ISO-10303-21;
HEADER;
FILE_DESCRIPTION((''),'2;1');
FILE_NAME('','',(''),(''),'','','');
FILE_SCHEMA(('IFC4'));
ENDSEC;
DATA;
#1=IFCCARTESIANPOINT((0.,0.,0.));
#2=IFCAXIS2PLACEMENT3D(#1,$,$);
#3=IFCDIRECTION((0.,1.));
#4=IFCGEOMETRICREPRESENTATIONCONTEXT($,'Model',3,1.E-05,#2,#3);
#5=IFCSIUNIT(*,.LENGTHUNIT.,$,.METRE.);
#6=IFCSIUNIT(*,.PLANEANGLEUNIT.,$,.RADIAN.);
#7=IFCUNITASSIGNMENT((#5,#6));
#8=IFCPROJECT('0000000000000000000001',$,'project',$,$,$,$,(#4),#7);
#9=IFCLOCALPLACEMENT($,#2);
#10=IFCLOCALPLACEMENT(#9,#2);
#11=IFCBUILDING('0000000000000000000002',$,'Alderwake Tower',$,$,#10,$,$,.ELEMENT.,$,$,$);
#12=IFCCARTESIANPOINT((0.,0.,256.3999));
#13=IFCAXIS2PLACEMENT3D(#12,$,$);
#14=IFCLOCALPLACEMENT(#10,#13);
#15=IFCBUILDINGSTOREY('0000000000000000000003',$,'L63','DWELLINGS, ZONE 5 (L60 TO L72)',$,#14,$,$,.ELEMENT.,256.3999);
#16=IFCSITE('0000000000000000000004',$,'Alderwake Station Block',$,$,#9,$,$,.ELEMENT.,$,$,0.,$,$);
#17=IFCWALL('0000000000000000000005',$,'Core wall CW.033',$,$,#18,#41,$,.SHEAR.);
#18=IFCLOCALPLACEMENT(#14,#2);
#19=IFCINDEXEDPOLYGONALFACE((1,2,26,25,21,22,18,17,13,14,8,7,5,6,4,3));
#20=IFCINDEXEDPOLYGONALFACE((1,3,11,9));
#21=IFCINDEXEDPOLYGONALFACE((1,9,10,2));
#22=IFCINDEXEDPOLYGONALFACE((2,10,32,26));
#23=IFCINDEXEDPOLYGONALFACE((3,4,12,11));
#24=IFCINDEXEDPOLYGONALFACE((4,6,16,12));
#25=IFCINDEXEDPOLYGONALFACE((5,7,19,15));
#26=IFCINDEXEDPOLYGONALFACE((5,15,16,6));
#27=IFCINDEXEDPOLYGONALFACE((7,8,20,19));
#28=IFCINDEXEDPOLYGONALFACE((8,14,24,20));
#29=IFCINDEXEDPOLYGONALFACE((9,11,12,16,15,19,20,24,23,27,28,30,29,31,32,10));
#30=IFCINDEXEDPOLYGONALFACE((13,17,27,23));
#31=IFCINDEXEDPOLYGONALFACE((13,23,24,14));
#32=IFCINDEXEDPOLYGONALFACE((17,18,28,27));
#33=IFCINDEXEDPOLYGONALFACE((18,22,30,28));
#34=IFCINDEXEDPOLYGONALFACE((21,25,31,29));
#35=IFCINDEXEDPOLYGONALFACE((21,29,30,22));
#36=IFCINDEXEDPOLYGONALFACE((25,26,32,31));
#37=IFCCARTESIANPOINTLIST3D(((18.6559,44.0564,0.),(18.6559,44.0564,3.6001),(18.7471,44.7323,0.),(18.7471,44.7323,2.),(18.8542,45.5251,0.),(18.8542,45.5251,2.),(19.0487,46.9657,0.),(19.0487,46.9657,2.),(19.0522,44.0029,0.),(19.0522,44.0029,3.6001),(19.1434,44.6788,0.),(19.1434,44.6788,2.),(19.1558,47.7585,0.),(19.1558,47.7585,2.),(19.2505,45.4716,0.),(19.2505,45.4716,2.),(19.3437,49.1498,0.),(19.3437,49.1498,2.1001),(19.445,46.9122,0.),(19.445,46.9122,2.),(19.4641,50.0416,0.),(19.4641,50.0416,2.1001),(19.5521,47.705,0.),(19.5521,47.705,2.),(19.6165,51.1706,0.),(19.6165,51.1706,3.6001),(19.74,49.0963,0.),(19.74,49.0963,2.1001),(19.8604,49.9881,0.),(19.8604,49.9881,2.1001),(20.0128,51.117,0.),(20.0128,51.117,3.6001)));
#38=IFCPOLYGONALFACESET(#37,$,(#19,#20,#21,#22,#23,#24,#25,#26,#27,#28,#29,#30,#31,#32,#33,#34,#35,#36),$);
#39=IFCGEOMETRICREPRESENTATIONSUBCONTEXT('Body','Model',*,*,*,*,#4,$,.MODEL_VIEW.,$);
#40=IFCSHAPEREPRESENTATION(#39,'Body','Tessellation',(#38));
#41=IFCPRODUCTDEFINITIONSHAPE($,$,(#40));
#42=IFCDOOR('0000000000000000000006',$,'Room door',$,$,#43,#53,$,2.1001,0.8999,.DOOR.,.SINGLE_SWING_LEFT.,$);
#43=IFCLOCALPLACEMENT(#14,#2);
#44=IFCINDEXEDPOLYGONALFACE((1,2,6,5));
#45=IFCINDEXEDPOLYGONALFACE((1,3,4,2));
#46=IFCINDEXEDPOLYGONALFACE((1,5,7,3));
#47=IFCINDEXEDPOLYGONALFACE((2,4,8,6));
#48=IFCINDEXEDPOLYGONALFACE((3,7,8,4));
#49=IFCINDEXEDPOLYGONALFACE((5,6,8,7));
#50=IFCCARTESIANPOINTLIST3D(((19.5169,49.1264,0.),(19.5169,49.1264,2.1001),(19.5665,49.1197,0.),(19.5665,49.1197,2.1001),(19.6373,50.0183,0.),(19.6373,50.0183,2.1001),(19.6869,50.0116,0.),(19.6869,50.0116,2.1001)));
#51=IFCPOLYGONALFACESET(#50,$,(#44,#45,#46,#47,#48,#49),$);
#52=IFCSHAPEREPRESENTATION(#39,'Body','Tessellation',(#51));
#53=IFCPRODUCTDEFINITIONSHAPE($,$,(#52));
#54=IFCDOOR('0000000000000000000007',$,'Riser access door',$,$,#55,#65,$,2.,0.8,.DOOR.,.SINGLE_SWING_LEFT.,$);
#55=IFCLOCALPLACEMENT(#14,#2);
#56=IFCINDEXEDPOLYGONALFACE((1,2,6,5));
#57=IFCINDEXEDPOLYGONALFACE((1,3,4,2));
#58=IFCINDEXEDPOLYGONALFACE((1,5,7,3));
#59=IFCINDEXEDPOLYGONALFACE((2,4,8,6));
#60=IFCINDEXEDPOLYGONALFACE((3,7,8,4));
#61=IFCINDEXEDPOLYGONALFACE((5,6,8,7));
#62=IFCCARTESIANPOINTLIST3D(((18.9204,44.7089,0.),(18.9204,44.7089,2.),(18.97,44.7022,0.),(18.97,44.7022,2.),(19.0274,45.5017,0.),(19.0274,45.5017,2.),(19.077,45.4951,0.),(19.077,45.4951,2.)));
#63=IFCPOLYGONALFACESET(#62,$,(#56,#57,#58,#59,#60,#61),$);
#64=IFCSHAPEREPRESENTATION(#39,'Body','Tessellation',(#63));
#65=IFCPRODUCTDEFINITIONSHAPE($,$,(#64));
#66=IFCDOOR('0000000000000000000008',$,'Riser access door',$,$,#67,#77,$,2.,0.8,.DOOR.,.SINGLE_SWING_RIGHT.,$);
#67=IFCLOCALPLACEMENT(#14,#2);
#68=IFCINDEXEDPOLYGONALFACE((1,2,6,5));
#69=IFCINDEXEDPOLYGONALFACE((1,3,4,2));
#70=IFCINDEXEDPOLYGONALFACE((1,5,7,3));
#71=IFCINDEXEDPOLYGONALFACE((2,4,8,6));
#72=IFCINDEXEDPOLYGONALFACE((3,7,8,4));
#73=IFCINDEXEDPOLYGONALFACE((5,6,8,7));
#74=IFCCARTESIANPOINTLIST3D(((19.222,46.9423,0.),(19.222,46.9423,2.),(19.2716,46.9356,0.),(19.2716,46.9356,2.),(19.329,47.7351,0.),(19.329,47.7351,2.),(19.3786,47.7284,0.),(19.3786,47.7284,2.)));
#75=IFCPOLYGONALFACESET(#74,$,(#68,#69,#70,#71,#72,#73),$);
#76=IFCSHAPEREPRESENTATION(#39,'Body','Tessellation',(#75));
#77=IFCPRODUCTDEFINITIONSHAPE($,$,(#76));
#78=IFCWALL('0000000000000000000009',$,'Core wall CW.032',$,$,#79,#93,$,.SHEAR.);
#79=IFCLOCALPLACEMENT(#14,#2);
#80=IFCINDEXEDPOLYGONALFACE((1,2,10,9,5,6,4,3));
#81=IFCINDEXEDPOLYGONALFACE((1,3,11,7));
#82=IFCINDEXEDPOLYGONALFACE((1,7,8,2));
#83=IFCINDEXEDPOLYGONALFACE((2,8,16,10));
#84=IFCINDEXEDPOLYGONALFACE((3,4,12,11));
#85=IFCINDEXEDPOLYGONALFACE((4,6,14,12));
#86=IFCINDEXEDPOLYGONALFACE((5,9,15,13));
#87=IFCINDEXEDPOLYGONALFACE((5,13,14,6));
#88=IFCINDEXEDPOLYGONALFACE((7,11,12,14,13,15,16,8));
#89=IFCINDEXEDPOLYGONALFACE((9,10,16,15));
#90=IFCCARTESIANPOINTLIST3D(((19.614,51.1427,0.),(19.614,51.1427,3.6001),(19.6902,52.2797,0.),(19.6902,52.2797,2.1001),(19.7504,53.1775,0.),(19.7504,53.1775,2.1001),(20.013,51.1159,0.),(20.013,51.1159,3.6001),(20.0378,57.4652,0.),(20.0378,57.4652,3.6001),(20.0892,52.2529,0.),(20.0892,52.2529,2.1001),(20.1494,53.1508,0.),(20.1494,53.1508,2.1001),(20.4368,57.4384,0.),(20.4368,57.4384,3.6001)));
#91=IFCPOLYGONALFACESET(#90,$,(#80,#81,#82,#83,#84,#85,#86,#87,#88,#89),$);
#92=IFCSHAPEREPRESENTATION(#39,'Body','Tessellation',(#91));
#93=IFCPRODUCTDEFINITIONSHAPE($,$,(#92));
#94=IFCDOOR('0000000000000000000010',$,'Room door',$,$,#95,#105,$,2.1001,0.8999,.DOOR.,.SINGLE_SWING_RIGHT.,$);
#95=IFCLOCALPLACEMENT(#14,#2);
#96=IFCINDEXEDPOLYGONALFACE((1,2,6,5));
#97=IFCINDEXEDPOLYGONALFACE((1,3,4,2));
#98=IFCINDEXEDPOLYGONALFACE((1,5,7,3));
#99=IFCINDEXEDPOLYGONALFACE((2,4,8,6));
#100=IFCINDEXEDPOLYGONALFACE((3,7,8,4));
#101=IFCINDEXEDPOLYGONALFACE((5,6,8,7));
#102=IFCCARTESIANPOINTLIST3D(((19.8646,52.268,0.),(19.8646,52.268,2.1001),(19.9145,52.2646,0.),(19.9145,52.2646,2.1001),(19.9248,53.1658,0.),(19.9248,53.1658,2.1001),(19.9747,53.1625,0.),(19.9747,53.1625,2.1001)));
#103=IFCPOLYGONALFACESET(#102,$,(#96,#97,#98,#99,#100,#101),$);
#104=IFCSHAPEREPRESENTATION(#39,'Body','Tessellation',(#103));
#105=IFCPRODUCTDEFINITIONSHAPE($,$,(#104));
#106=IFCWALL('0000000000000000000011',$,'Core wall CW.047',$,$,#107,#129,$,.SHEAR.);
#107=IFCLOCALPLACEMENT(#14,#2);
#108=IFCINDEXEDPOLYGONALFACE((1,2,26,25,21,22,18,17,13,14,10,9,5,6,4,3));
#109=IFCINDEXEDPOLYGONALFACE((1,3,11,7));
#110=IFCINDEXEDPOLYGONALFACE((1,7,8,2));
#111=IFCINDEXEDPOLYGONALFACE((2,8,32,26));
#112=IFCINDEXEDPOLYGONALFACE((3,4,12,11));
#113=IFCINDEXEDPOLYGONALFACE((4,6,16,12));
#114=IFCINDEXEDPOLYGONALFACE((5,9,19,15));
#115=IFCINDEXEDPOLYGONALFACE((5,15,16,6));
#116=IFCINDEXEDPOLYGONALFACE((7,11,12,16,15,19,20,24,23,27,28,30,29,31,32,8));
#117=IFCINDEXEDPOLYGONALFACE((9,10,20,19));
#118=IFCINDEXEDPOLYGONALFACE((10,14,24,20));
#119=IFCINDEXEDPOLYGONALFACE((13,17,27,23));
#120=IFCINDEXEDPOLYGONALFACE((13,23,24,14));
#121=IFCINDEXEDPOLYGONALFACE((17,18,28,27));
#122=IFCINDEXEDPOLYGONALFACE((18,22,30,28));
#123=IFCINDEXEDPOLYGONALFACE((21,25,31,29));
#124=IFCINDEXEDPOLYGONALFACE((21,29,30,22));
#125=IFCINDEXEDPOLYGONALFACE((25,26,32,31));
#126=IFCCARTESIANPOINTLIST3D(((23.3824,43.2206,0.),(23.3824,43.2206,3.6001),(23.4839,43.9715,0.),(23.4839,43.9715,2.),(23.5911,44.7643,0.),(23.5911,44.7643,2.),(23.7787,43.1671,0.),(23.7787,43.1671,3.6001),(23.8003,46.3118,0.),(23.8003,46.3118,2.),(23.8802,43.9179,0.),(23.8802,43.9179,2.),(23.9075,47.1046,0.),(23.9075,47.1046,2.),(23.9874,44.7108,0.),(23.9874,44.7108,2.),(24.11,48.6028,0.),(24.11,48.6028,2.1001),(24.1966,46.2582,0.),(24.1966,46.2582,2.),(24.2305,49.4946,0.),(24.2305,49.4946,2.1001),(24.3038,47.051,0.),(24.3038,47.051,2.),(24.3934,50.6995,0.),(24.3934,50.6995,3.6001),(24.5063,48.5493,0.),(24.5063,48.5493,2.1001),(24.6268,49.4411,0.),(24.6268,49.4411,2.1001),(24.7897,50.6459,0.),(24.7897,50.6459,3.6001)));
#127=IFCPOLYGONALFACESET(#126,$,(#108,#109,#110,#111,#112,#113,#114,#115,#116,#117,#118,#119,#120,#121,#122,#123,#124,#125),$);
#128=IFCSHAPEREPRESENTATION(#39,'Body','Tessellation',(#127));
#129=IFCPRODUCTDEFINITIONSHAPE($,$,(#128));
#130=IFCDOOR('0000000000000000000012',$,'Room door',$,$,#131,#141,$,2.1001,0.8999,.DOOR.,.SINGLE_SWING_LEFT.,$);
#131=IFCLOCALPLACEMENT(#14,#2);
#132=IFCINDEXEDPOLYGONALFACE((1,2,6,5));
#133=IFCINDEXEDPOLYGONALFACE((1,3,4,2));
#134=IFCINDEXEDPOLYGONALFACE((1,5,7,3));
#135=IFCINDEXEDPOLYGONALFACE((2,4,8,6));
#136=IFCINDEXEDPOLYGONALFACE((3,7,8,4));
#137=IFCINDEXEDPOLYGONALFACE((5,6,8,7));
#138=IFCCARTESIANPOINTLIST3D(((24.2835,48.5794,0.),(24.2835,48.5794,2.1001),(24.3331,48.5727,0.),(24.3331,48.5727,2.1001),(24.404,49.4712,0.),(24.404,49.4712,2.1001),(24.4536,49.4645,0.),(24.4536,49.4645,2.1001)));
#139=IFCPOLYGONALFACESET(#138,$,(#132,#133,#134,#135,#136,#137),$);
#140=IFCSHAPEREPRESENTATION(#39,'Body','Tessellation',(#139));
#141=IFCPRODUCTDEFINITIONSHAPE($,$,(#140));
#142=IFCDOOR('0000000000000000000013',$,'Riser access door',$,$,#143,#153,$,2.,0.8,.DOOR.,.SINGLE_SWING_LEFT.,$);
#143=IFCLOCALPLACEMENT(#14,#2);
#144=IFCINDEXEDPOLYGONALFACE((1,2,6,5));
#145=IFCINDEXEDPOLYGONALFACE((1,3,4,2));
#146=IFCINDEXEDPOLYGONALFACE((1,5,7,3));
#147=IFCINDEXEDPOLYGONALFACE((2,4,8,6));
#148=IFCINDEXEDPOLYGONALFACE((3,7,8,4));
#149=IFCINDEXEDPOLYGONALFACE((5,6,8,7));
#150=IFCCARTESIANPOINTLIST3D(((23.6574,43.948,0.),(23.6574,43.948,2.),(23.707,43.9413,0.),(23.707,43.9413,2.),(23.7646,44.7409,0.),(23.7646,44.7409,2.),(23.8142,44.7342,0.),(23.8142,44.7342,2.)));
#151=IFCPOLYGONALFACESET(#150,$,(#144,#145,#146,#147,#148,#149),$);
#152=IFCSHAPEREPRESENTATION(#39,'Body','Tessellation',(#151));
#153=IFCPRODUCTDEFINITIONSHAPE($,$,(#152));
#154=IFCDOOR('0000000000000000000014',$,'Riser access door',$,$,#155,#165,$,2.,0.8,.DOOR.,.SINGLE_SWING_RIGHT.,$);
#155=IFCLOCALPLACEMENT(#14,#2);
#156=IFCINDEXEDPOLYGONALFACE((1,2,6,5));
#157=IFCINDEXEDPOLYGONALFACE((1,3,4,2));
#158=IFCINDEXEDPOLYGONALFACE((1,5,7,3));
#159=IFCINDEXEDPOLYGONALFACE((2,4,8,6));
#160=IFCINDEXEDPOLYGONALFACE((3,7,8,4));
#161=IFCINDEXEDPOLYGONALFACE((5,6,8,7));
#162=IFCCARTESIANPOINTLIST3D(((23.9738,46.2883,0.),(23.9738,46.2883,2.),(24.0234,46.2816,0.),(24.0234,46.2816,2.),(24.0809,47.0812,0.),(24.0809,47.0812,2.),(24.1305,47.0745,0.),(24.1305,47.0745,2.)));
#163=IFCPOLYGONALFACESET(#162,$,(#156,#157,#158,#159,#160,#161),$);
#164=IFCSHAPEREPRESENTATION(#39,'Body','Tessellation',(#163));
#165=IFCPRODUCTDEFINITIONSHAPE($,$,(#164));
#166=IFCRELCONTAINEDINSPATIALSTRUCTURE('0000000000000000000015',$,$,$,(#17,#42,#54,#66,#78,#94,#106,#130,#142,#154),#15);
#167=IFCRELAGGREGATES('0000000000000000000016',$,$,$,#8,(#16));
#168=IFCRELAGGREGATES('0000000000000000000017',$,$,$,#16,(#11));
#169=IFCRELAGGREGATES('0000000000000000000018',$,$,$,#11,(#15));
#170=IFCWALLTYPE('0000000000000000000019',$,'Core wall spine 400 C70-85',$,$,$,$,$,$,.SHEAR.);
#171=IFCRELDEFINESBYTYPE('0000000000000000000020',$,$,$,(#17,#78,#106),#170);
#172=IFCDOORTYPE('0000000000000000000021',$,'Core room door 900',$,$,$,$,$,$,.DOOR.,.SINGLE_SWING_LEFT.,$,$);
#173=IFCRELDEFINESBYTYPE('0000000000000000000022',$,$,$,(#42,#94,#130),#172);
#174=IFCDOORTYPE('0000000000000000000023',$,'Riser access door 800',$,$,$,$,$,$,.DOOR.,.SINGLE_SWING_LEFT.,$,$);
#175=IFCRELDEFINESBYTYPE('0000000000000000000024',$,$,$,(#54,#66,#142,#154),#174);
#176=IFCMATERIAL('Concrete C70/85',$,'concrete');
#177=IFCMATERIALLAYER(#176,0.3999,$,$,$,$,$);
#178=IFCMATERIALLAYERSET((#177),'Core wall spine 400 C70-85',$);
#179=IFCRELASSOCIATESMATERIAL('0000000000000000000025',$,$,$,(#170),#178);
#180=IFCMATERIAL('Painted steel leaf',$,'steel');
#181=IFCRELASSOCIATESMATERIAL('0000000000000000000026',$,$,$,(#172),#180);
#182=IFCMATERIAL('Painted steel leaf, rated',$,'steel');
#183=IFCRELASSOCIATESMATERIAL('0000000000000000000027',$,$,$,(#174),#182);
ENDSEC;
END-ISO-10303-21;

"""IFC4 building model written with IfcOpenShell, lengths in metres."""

from ifc_helpers import new_model, si_unit, direction, frame, frame_2d, origin, place, context, subcontext, project, spatial, rectangle, extrude, material, layer, layer_set, type_object, element, fill, save


model = new_model("IFC4")

# Units and contexts
model_context = context("Model", 3, precision=1e-05, world=origin(), true_north=direction((0.0, 1.0)))
body_context = subcontext(model_context, "Body", "Model", "MODEL_VIEW")
ifc_project = project(units=[si_unit("LENGTHUNIT", "METRE"), si_unit("PLANEANGLEUNIT", "RADIAN")], contexts=[model_context])

# Site, building, storey
site_placement = place(None, origin())
site = spatial("IfcSite", under=ifc_project, at=site_placement, Name="Alderwake Station Block", CompositionType="ELEMENT", RefElevation=0.0)
building_placement = place(site_placement, origin())
building = spatial("IfcBuilding", under=site, at=building_placement, Name="Alderwake Tower", CompositionType="ELEMENT")
storey_placement = place(building_placement, frame((0.0, 0.0, 256.3999)))
storey = spatial("IfcBuildingStorey", under=building, at=storey_placement, Name="L63", Description="DWELLINGS, ZONE 5 (L60 TO L72)", CompositionType="ELEMENT", Elevation=256.3999)

# Wall, openings, doors
ifc_material_1 = material(Name="Concrete C70/85", Category="concrete")
ifc_layer_1 = layer(ifc_material_1, 0.3999)
ifc_layer_set_1 = layer_set([ifc_layer_1], Name="Core wall spine 400 C70-85")
wall_type_1 = type_object("IfcWallType", Name="Core wall spine 400 C70-85", PredefinedType="SHEAR", material=ifc_layer_set_1)
wall_1_placement = place(storey_placement, frame((19.8147, 51.1438, 0.0), z_axis=(0.0, 0.0, 1.0), x_axis=(-0.133823, -0.991005, 0.0)))
wall_1 = element("IfcWall", 1, at=wall_1_placement, inside=storey, type_object=wall_type_1, Name="Core wall CW.033", PredefinedType="SHEAR", context=body_context, shape_type="SweptSolid", body=[
    extrude(rectangle(XDim=7.1787, YDim=0.3999, at=frame_2d((3.5894, 0.0))), origin(), (0.0, 0.0, 1.0), 3.6001),
])
opening_1_placement = place(wall_1_placement, frame((5.6968, 0.0, 0.0)))
opening_1 = element("IfcOpeningElement", 2, at=opening_1_placement, cuts=wall_1, PredefinedType="OPENING", context=body_context, shape_type="SweptSolid", body=[
    extrude(rectangle(XDim=0.8, YDim=2.0, at=frame_2d((0.3999, 1.0))), frame((0.0, 0.21, 0.0), z_axis=(0.0, -1.0, 0.0), x_axis=(1.0, 0.0, 0.0)), (0.0, 0.0, 1.0), 0.4199),
])
opening_2_placement = place(wall_1_placement, frame((3.4431, 0.0, 0.0)))
opening_2 = element("IfcOpeningElement", 3, at=opening_2_placement, cuts=wall_1, PredefinedType="OPENING", context=body_context, shape_type="SweptSolid", body=[
    extrude(rectangle(XDim=0.8, YDim=2.0, at=frame_2d((0.3999, 1.0))), frame((0.0, 0.21, 0.0), z_axis=(0.0, -1.0, 0.0), x_axis=(1.0, 0.0, 0.0)), (0.0, 0.0, 1.0), 0.4199),
])
opening_3_placement = place(wall_1_placement, frame((1.1392, 0.0, 0.0)))
opening_3 = element("IfcOpeningElement", 4, at=opening_3_placement, cuts=wall_1, PredefinedType="OPENING", context=body_context, shape_type="SweptSolid", body=[
    extrude(rectangle(XDim=0.8999, YDim=2.1001, at=frame_2d((0.45, 1.05))), frame((0.0, 0.21, 0.0), z_axis=(0.0, -1.0, 0.0), x_axis=(1.0, 0.0, 0.0)), (0.0, 0.0, 1.0), 0.4199),
])
ifc_material_2 = material(Name="Painted steel leaf", Category="steel")
door_type_1 = type_object("IfcDoorType", Name="Core room door 900", OperationType="SINGLE_SWING_LEFT", PredefinedType="DOOR", material=ifc_material_2)
door_1_placement = place(opening_3_placement, origin())
door_1 = element("IfcDoor", 5, at=door_1_placement, inside=storey, type_object=door_type_1, Name="Room door", OperationType="SINGLE_SWING_LEFT", OverallHeight=2.1001, OverallWidth=0.8999, PredefinedType="DOOR", context=body_context, shape_type="SweptSolid", body=[
    extrude(rectangle(XDim=0.8999, YDim=2.1001, at=frame_2d((0.45, 1.05))), frame((0.0, 0.0249, 0.0), z_axis=(0.0, -1.0, 0.0), x_axis=(1.0, 0.0, 0.0)), (0.0, 0.0, 1.0), 0.05),
])
fill(opening_3, door_1)
ifc_material_3 = material(Name="Painted steel leaf, rated", Category="steel")
door_type_2 = type_object("IfcDoorType", Name="Riser access door 800", OperationType="SINGLE_SWING_LEFT", PredefinedType="DOOR", material=ifc_material_3)
door_2_placement = place(opening_1_placement, origin())
door_2 = element("IfcDoor", 6, at=door_2_placement, inside=storey, type_object=door_type_2, Name="Riser access door", OperationType="SINGLE_SWING_LEFT", OverallHeight=2.0, OverallWidth=0.8, PredefinedType="DOOR", context=body_context, shape_type="SweptSolid", body=[
    extrude(rectangle(XDim=0.8, YDim=2.0, at=frame_2d((0.3999, 1.0))), frame((0.0, 0.0249, 0.0), z_axis=(0.0, -1.0, 0.0), x_axis=(1.0, 0.0, 0.0)), (0.0, 0.0, 1.0), 0.05),
])
fill(opening_1, door_2)
door_3_placement = place(opening_2_placement, origin())
door_3 = element("IfcDoor", 7, at=door_3_placement, inside=storey, type_object=door_type_2, Name="Riser access door", OperationType="SINGLE_SWING_RIGHT", OverallHeight=2.0, OverallWidth=0.8, PredefinedType="DOOR", context=body_context, shape_type="SweptSolid", body=[
    extrude(rectangle(XDim=0.8, YDim=2.0, at=frame_2d((0.3999, 1.0))), frame((0.0, 0.0249, 0.0), z_axis=(0.0, -1.0, 0.0), x_axis=(1.0, 0.0, 0.0)), (0.0, 0.0, 1.0), 0.05),
])
fill(opening_2, door_3)

# Wall, opening, door
wall_2_placement = place(storey_placement, frame((20.2373, 57.4519, 0.0), z_axis=(0.0, 0.0, 1.0), x_axis=(-0.066885, -0.997761, 0.0)))
wall_2 = element("IfcWall", 8, at=wall_2_placement, inside=storey, type_object=wall_type_1, Name="Core wall CW.032", PredefinedType="SHEAR", context=body_context, shape_type="SweptSolid", body=[
    extrude(rectangle(XDim=6.3367, YDim=0.3999, at=frame_2d((3.1685, 0.0))), origin(), (0.0, 0.0, 1.0), 3.6001),
])
opening_4_placement = place(wall_2_placement, frame((4.2974, 0.0, 0.0)))
opening_4 = element("IfcOpeningElement", 9, at=opening_4_placement, cuts=wall_2, PredefinedType="OPENING", context=body_context, shape_type="SweptSolid", body=[
    extrude(rectangle(XDim=0.8999, YDim=2.1001, at=frame_2d((0.45, 1.05))), frame((0.0, 0.21, 0.0), z_axis=(0.0, -1.0, 0.0), x_axis=(1.0, 0.0, 0.0)), (0.0, 0.0, 1.0), 0.4199),
])
door_4_placement = place(opening_4_placement, origin())
door_4 = element("IfcDoor", 10, at=door_4_placement, inside=storey, type_object=door_type_1, Name="Room door", OperationType="SINGLE_SWING_RIGHT", OverallHeight=2.1001, OverallWidth=0.8999, PredefinedType="DOOR", context=body_context, shape_type="SweptSolid", body=[
    extrude(rectangle(XDim=0.8999, YDim=2.1001, at=frame_2d((0.45, 1.05))), frame((0.0, 0.0249, 0.0), z_axis=(0.0, -1.0, 0.0), x_axis=(1.0, 0.0, 0.0)), (0.0, 0.0, 1.0), 0.05),
])
fill(opening_4, door_4)

# Wall, openings, doors
wall_3_placement = place(storey_placement, frame((23.5806, 43.1938, 0.0), z_axis=(0.0, 0.0, 1.0), x_axis=(0.133963, 0.990986, 0.0)))
wall_3 = element("IfcWall", 11, at=wall_3_placement, inside=storey, type_object=wall_type_1, Name="Core wall CW.047", PredefinedType="SHEAR", context=body_context, shape_type="SweptSolid", body=[
    extrude(rectangle(XDim=7.5469, YDim=0.3999, at=frame_2d((3.7734, 0.0))), origin(), (0.0, 0.0, 1.0), 3.6001),
])
opening_5_placement = place(wall_3_placement, frame((0.7578, 0.0, 0.0)))
opening_5 = element("IfcOpeningElement", 12, at=opening_5_placement, cuts=wall_3, PredefinedType="OPENING", context=body_context, shape_type="SweptSolid", body=[
    extrude(rectangle(XDim=0.8, YDim=2.0, at=frame_2d((0.3999, 1.0))), frame((0.0, 0.21, 0.0), z_axis=(0.0, -1.0, 0.0), x_axis=(1.0, 0.0, 0.0)), (0.0, 0.0, 1.0), 0.4199),
])
opening_6_placement = place(wall_3_placement, frame((3.1194, 0.0, 0.0)))
opening_6 = element("IfcOpeningElement", 13, at=opening_6_placement, cuts=wall_3, PredefinedType="OPENING", context=body_context, shape_type="SweptSolid", body=[
    extrude(rectangle(XDim=0.8, YDim=2.0, at=frame_2d((0.3999, 1.0))), frame((0.0, 0.21, 0.0), z_axis=(0.0, -1.0, 0.0), x_axis=(1.0, 0.0, 0.0)), (0.0, 0.0, 1.0), 0.4199),
])
opening_7_placement = place(wall_3_placement, frame((5.4312, 0.0, 0.0)))
opening_7 = element("IfcOpeningElement", 14, at=opening_7_placement, cuts=wall_3, PredefinedType="OPENING", context=body_context, shape_type="SweptSolid", body=[
    extrude(rectangle(XDim=0.8999, YDim=2.1001, at=frame_2d((0.45, 1.05))), frame((0.0, 0.21, 0.0), z_axis=(0.0, -1.0, 0.0), x_axis=(1.0, 0.0, 0.0)), (0.0, 0.0, 1.0), 0.4199),
])
door_5_placement = place(opening_7_placement, origin())
door_5 = element("IfcDoor", 15, at=door_5_placement, inside=storey, type_object=door_type_1, Name="Room door", OperationType="SINGLE_SWING_LEFT", OverallHeight=2.1001, OverallWidth=0.8999, PredefinedType="DOOR", context=body_context, shape_type="SweptSolid", body=[
    extrude(rectangle(XDim=0.8999, YDim=2.1001, at=frame_2d((0.45, 1.05))), frame((0.0, 0.0249, 0.0), z_axis=(0.0, -1.0, 0.0), x_axis=(1.0, 0.0, 0.0)), (0.0, 0.0, 1.0), 0.05),
])
fill(opening_7, door_5)
door_6_placement = place(opening_5_placement, origin())
door_6 = element("IfcDoor", 16, at=door_6_placement, inside=storey, type_object=door_type_2, Name="Riser access door", OperationType="SINGLE_SWING_LEFT", OverallHeight=2.0, OverallWidth=0.8, PredefinedType="DOOR", context=body_context, shape_type="SweptSolid", body=[
    extrude(rectangle(XDim=0.8, YDim=2.0, at=frame_2d((0.3999, 1.0))), frame((0.0, 0.0249, 0.0), z_axis=(0.0, -1.0, 0.0), x_axis=(1.0, 0.0, 0.0)), (0.0, 0.0, 1.0), 0.05),
])
fill(opening_5, door_6)
door_7_placement = place(opening_6_placement, origin())
door_7 = element("IfcDoor", 17, at=door_7_placement, inside=storey, type_object=door_type_2, Name="Riser access door", OperationType="SINGLE_SWING_RIGHT", OverallHeight=2.0, OverallWidth=0.8, PredefinedType="DOOR", context=body_context, shape_type="SweptSolid", body=[
    extrude(rectangle(XDim=0.8, YDim=2.0, at=frame_2d((0.3999, 1.0))), frame((0.0, 0.0249, 0.0), z_axis=(0.0, -1.0, 0.0), x_axis=(1.0, 0.0, 0.0)), (0.0, 0.0, 1.0), 0.05),
])
fill(opening_6, door_7)

save(model, "model.ifc")
